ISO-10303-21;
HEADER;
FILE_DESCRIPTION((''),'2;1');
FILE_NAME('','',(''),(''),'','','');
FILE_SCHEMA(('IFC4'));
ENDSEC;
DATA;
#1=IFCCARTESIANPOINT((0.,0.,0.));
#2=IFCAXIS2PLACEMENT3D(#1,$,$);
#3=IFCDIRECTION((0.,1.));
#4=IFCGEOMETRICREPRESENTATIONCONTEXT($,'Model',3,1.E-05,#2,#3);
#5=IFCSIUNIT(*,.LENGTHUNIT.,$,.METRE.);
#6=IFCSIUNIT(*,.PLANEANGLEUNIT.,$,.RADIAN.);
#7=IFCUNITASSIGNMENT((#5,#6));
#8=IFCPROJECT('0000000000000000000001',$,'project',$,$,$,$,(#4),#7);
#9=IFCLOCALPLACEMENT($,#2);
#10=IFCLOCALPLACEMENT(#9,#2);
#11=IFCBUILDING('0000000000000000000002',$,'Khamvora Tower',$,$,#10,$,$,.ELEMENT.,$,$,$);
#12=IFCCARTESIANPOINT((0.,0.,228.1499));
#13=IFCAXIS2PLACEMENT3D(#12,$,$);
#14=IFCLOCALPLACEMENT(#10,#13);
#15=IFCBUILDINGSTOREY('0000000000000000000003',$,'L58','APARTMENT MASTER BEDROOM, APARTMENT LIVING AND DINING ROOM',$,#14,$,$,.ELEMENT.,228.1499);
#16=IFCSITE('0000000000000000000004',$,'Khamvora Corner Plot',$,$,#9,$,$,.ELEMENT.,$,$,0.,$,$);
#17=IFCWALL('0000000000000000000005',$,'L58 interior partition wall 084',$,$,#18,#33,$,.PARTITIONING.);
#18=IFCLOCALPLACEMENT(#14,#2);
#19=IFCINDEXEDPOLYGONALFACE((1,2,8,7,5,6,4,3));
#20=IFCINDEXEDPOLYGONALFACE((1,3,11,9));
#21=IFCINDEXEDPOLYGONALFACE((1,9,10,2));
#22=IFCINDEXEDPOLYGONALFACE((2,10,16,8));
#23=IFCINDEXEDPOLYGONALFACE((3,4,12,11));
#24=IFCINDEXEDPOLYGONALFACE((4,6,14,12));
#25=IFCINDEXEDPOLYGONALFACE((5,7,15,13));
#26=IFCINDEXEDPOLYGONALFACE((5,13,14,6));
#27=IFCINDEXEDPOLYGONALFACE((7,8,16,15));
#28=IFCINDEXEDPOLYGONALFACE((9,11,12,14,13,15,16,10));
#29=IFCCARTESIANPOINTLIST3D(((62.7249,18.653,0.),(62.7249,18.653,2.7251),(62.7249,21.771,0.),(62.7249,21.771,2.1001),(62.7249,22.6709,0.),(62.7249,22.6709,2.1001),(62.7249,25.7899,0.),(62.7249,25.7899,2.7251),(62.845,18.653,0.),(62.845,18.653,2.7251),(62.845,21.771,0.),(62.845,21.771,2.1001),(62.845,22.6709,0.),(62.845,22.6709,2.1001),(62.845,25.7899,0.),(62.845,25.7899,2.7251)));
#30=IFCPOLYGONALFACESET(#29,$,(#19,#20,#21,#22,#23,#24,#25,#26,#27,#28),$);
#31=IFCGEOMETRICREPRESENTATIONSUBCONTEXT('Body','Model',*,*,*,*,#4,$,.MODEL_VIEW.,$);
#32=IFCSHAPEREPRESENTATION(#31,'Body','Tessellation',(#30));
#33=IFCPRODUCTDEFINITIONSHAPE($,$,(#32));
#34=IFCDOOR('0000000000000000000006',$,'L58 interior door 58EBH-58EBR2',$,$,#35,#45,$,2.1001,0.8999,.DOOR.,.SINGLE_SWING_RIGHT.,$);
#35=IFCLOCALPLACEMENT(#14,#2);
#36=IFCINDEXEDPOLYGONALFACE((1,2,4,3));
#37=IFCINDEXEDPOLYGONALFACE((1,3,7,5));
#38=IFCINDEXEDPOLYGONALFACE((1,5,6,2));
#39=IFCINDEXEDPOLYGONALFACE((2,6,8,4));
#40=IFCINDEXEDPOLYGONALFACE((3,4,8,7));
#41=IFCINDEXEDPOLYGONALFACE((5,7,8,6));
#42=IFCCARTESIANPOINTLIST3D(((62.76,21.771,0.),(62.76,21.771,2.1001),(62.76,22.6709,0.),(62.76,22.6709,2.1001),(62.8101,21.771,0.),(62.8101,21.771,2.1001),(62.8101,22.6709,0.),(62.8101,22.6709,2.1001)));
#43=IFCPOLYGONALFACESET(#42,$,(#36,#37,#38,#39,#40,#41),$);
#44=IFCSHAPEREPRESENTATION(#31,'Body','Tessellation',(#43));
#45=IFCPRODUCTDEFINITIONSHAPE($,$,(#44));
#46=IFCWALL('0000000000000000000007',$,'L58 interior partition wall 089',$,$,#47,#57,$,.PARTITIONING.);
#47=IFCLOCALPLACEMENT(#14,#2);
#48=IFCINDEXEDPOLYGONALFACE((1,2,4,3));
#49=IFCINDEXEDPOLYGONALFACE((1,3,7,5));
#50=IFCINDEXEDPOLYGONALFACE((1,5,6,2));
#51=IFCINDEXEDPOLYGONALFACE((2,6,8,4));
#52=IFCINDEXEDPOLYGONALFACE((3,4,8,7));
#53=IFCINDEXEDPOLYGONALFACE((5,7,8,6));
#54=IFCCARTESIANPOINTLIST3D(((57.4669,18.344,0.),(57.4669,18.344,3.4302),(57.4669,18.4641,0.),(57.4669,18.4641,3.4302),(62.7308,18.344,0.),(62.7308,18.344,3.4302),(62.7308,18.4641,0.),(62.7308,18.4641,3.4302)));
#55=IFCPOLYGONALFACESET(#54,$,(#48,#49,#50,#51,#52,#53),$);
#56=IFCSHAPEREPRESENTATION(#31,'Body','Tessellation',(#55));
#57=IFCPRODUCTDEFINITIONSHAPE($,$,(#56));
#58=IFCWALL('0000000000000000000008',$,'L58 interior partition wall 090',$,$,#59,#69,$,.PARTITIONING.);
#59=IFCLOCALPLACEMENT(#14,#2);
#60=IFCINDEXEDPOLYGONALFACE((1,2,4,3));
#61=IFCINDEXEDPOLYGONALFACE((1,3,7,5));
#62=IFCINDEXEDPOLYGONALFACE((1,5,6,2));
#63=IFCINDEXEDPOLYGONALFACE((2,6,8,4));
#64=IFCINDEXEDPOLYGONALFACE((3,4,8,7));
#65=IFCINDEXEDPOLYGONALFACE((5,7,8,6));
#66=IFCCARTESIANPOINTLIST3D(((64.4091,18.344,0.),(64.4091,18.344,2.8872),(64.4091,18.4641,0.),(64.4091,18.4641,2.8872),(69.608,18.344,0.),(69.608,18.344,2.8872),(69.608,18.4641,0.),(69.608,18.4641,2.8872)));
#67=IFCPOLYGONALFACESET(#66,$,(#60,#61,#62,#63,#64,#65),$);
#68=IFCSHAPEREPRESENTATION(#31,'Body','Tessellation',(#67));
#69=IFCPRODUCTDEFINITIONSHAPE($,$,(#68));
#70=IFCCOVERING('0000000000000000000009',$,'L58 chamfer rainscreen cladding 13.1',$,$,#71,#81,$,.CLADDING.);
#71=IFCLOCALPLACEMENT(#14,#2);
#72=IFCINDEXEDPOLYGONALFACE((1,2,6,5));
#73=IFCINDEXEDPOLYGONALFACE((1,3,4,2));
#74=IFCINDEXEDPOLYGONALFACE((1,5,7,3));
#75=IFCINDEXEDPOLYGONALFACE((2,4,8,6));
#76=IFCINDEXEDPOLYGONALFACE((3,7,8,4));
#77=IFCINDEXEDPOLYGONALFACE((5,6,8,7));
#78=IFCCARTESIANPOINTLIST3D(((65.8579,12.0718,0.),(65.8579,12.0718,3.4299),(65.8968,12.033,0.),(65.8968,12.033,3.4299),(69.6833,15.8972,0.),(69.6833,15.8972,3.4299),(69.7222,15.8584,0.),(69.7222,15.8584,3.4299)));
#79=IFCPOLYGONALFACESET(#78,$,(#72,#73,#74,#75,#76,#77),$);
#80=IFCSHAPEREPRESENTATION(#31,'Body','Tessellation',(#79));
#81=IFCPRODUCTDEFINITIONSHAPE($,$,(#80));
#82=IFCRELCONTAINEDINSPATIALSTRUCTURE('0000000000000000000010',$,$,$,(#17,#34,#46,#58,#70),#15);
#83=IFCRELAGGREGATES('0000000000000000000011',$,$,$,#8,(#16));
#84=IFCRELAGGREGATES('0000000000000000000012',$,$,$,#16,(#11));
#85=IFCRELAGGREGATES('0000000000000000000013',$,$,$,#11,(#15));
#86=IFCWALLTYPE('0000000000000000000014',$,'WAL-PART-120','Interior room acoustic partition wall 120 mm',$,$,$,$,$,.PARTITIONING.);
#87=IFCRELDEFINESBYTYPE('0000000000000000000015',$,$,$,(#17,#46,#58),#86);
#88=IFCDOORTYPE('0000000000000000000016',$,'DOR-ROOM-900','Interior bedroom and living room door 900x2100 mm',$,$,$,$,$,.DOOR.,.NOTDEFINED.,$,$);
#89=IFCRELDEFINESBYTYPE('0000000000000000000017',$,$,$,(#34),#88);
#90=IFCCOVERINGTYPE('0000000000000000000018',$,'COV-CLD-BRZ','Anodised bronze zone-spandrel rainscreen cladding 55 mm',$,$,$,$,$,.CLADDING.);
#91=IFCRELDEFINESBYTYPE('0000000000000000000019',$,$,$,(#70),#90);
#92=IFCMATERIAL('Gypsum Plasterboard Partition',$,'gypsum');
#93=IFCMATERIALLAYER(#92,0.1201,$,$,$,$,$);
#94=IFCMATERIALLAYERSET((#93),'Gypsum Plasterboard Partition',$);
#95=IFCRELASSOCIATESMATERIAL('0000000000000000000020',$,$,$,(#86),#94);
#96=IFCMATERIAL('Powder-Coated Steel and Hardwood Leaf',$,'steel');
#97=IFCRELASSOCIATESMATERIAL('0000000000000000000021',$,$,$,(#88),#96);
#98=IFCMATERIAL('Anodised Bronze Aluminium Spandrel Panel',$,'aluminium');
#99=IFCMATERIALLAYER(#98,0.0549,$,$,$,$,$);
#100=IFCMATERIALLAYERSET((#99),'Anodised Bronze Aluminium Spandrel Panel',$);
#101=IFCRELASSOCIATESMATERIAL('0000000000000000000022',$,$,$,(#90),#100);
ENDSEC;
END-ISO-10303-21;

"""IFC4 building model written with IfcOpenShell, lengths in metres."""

from ifc_helpers import new_model, si_unit, direction, frame, frame_2d, origin, origin_2d, place, context, subcontext, project, spatial, rectangle, extrude, material, layer, layer_set, type_object, element, fill, save


model = new_model("IFC4")

# Units and contexts
model_context = context("Model", 3, precision=1e-05, world=origin(), true_north=direction((0.0, 1.0)))
body_context = subcontext(model_context, "Body", "Model", "MODEL_VIEW")
ifc_project = project(units=[si_unit("LENGTHUNIT", "METRE"), si_unit("PLANEANGLEUNIT", "RADIAN")], contexts=[model_context])

# Site, building, storey
site_placement = place(None, origin())
site = spatial("IfcSite", under=ifc_project, at=site_placement, Name="Khamvora Corner Plot", CompositionType="ELEMENT", RefElevation=0.0)
building_placement = place(site_placement, origin())
building = spatial("IfcBuilding", under=site, at=building_placement, Name="Khamvora Tower", CompositionType="ELEMENT")
storey_placement = place(building_placement, frame((0.0, 0.0, 228.1499)))
storey = spatial("IfcBuildingStorey", under=building, at=storey_placement, Name="L58", Description="APARTMENT MASTER BEDROOM, APARTMENT LIVING AND DINING ROOM", CompositionType="ELEMENT", Elevation=228.1499)

# Wall, opening, door
ifc_material_1 = material(Name="Gypsum Plasterboard Partition", Category="gypsum")
ifc_layer_1 = layer(ifc_material_1, 0.1201)
ifc_layer_set_1 = layer_set([ifc_layer_1], Name="Gypsum Plasterboard Partition")
wall_type_1 = type_object("IfcWallType", Name="WAL-PART-120", Description="Interior room acoustic partition wall 120 mm", PredefinedType="PARTITIONING", material=ifc_layer_set_1)
ifc_material_2 = material(Name="Powder-Coated Steel and Hardwood Leaf", Category="steel")
door_type = type_object("IfcDoorType", Name="DOR-ROOM-900", Description="Interior bedroom and living room door 900x2100 mm", OperationType="NOTDEFINED", PredefinedType="DOOR", material=ifc_material_2)
wall_1_placement = place(storey_placement, frame((62.7849, 18.6531, 0.0), z_axis=(0.0, 0.0, 1.0), x_axis=(0.0, 1.0, 0.0)))
wall_1 = element("IfcWall", 1, at=wall_1_placement, inside=storey, type_object=wall_type_1, Name="L58 interior partition wall 084", PredefinedType="PARTITIONING", context=body_context, shape_type="SweptSolid", body=[
    extrude(rectangle(XDim=7.137, YDim=0.1201, at=frame_2d((3.5684, 0.0))), origin(), (0.0, 0.0, 1.0), 2.7251),
])
opening_1_placement = place(wall_1_placement, frame((3.1179, 0.0, 0.0)))
opening_1 = element("IfcOpeningElement", 2, at=opening_1_placement, cuts=wall_1, PredefinedType="OPENING", context=body_context, shape_type="SweptSolid", body=[
    extrude(rectangle(XDim=0.8999, YDim=2.1001, at=frame_2d((0.45, 1.05))), frame((0.0, 0.0701, 0.0), z_axis=(0.0, -1.0, 0.0), x_axis=(1.0, 0.0, 0.0)), (0.0, 0.0, 1.0), 0.1401),
])
door_1_placement = place(opening_1_placement, origin())
door_1 = element("IfcDoor", 3, at=door_1_placement, inside=storey, type_object=door_type, Name="L58 interior door 58EBH-58EBR2", OperationType="SINGLE_SWING_RIGHT", OverallHeight=2.1001, OverallWidth=0.8999, PredefinedType="DOOR", context=body_context, shape_type="SweptSolid", body=[
    extrude(rectangle(XDim=0.8999, YDim=2.1001, at=frame_2d((0.45, 1.05))), frame((0.0, 0.0249, 0.0), z_axis=(0.0, -1.0, 0.0), x_axis=(1.0, 0.0, 0.0)), (0.0, 0.0, 1.0), 0.05),
])
fill(opening_1, door_1)

# Walls
wall_2_placement = place(storey_placement, frame((57.467, 18.4041, 0.0), z_axis=(0.0, 0.0, 1.0), x_axis=(1.0, 0.0, 0.0)))
element("IfcWall", 4, at=wall_2_placement, inside=storey, type_object=wall_type_1, Name="L58 interior partition wall 089", PredefinedType="PARTITIONING", context=body_context, shape_type="SweptSolid", body=[
    extrude(rectangle(XDim=5.2639, YDim=0.1201, at=frame_2d((2.6318, 0.0))), origin(), (0.0, 0.0, 1.0), 3.4302),
])
wall_3_placement = place(storey_placement, frame((64.4089, 18.4041, 0.0), z_axis=(0.0, 0.0, 1.0), x_axis=(1.0, 0.0, 0.0)))
element("IfcWall", 5, at=wall_3_placement, inside=storey, type_object=wall_type_1, Name="L58 interior partition wall 090", PredefinedType="PARTITIONING", context=body_context, shape_type="SweptSolid", body=[
    extrude(rectangle(XDim=5.199, YDim=0.1201, at=frame_2d((2.5996, 0.0))), origin(), (0.0, 0.0, 1.0), 2.8872),
])

# Covering
ifc_material_3 = material(Name="Anodised Bronze Aluminium Spandrel Panel", Category="aluminium")
ifc_layer_2 = layer(ifc_material_3, 0.0549)
ifc_layer_set_2 = layer_set([ifc_layer_2], Name="Anodised Bronze Aluminium Spandrel Panel")
covering_type = type_object("IfcCoveringType", Name="COV-CLD-BRZ", Description="Anodised bronze zone-spandrel rainscreen cladding 55 mm", PredefinedType="CLADDING", material=ifc_layer_set_2)
covering_placement = place(storey_placement, frame((67.79, 13.9651, 0.0), z_axis=(0.0, 0.0, 1.0), x_axis=(-0.707107, -0.707107, 0.0)))
element("IfcCovering", 6, at=covering_placement, inside=storey, type_object=covering_type, Name="L58 chamfer rainscreen cladding 13.1", PredefinedType="CLADDING", context=body_context, shape_type="SweptSolid", body=[
    extrude(rectangle(XDim=5.4099, YDim=0.0549, at=origin_2d()), origin(), (0.0, 0.0, 1.0), 3.4299),
])

save(model, "model.ifc")
